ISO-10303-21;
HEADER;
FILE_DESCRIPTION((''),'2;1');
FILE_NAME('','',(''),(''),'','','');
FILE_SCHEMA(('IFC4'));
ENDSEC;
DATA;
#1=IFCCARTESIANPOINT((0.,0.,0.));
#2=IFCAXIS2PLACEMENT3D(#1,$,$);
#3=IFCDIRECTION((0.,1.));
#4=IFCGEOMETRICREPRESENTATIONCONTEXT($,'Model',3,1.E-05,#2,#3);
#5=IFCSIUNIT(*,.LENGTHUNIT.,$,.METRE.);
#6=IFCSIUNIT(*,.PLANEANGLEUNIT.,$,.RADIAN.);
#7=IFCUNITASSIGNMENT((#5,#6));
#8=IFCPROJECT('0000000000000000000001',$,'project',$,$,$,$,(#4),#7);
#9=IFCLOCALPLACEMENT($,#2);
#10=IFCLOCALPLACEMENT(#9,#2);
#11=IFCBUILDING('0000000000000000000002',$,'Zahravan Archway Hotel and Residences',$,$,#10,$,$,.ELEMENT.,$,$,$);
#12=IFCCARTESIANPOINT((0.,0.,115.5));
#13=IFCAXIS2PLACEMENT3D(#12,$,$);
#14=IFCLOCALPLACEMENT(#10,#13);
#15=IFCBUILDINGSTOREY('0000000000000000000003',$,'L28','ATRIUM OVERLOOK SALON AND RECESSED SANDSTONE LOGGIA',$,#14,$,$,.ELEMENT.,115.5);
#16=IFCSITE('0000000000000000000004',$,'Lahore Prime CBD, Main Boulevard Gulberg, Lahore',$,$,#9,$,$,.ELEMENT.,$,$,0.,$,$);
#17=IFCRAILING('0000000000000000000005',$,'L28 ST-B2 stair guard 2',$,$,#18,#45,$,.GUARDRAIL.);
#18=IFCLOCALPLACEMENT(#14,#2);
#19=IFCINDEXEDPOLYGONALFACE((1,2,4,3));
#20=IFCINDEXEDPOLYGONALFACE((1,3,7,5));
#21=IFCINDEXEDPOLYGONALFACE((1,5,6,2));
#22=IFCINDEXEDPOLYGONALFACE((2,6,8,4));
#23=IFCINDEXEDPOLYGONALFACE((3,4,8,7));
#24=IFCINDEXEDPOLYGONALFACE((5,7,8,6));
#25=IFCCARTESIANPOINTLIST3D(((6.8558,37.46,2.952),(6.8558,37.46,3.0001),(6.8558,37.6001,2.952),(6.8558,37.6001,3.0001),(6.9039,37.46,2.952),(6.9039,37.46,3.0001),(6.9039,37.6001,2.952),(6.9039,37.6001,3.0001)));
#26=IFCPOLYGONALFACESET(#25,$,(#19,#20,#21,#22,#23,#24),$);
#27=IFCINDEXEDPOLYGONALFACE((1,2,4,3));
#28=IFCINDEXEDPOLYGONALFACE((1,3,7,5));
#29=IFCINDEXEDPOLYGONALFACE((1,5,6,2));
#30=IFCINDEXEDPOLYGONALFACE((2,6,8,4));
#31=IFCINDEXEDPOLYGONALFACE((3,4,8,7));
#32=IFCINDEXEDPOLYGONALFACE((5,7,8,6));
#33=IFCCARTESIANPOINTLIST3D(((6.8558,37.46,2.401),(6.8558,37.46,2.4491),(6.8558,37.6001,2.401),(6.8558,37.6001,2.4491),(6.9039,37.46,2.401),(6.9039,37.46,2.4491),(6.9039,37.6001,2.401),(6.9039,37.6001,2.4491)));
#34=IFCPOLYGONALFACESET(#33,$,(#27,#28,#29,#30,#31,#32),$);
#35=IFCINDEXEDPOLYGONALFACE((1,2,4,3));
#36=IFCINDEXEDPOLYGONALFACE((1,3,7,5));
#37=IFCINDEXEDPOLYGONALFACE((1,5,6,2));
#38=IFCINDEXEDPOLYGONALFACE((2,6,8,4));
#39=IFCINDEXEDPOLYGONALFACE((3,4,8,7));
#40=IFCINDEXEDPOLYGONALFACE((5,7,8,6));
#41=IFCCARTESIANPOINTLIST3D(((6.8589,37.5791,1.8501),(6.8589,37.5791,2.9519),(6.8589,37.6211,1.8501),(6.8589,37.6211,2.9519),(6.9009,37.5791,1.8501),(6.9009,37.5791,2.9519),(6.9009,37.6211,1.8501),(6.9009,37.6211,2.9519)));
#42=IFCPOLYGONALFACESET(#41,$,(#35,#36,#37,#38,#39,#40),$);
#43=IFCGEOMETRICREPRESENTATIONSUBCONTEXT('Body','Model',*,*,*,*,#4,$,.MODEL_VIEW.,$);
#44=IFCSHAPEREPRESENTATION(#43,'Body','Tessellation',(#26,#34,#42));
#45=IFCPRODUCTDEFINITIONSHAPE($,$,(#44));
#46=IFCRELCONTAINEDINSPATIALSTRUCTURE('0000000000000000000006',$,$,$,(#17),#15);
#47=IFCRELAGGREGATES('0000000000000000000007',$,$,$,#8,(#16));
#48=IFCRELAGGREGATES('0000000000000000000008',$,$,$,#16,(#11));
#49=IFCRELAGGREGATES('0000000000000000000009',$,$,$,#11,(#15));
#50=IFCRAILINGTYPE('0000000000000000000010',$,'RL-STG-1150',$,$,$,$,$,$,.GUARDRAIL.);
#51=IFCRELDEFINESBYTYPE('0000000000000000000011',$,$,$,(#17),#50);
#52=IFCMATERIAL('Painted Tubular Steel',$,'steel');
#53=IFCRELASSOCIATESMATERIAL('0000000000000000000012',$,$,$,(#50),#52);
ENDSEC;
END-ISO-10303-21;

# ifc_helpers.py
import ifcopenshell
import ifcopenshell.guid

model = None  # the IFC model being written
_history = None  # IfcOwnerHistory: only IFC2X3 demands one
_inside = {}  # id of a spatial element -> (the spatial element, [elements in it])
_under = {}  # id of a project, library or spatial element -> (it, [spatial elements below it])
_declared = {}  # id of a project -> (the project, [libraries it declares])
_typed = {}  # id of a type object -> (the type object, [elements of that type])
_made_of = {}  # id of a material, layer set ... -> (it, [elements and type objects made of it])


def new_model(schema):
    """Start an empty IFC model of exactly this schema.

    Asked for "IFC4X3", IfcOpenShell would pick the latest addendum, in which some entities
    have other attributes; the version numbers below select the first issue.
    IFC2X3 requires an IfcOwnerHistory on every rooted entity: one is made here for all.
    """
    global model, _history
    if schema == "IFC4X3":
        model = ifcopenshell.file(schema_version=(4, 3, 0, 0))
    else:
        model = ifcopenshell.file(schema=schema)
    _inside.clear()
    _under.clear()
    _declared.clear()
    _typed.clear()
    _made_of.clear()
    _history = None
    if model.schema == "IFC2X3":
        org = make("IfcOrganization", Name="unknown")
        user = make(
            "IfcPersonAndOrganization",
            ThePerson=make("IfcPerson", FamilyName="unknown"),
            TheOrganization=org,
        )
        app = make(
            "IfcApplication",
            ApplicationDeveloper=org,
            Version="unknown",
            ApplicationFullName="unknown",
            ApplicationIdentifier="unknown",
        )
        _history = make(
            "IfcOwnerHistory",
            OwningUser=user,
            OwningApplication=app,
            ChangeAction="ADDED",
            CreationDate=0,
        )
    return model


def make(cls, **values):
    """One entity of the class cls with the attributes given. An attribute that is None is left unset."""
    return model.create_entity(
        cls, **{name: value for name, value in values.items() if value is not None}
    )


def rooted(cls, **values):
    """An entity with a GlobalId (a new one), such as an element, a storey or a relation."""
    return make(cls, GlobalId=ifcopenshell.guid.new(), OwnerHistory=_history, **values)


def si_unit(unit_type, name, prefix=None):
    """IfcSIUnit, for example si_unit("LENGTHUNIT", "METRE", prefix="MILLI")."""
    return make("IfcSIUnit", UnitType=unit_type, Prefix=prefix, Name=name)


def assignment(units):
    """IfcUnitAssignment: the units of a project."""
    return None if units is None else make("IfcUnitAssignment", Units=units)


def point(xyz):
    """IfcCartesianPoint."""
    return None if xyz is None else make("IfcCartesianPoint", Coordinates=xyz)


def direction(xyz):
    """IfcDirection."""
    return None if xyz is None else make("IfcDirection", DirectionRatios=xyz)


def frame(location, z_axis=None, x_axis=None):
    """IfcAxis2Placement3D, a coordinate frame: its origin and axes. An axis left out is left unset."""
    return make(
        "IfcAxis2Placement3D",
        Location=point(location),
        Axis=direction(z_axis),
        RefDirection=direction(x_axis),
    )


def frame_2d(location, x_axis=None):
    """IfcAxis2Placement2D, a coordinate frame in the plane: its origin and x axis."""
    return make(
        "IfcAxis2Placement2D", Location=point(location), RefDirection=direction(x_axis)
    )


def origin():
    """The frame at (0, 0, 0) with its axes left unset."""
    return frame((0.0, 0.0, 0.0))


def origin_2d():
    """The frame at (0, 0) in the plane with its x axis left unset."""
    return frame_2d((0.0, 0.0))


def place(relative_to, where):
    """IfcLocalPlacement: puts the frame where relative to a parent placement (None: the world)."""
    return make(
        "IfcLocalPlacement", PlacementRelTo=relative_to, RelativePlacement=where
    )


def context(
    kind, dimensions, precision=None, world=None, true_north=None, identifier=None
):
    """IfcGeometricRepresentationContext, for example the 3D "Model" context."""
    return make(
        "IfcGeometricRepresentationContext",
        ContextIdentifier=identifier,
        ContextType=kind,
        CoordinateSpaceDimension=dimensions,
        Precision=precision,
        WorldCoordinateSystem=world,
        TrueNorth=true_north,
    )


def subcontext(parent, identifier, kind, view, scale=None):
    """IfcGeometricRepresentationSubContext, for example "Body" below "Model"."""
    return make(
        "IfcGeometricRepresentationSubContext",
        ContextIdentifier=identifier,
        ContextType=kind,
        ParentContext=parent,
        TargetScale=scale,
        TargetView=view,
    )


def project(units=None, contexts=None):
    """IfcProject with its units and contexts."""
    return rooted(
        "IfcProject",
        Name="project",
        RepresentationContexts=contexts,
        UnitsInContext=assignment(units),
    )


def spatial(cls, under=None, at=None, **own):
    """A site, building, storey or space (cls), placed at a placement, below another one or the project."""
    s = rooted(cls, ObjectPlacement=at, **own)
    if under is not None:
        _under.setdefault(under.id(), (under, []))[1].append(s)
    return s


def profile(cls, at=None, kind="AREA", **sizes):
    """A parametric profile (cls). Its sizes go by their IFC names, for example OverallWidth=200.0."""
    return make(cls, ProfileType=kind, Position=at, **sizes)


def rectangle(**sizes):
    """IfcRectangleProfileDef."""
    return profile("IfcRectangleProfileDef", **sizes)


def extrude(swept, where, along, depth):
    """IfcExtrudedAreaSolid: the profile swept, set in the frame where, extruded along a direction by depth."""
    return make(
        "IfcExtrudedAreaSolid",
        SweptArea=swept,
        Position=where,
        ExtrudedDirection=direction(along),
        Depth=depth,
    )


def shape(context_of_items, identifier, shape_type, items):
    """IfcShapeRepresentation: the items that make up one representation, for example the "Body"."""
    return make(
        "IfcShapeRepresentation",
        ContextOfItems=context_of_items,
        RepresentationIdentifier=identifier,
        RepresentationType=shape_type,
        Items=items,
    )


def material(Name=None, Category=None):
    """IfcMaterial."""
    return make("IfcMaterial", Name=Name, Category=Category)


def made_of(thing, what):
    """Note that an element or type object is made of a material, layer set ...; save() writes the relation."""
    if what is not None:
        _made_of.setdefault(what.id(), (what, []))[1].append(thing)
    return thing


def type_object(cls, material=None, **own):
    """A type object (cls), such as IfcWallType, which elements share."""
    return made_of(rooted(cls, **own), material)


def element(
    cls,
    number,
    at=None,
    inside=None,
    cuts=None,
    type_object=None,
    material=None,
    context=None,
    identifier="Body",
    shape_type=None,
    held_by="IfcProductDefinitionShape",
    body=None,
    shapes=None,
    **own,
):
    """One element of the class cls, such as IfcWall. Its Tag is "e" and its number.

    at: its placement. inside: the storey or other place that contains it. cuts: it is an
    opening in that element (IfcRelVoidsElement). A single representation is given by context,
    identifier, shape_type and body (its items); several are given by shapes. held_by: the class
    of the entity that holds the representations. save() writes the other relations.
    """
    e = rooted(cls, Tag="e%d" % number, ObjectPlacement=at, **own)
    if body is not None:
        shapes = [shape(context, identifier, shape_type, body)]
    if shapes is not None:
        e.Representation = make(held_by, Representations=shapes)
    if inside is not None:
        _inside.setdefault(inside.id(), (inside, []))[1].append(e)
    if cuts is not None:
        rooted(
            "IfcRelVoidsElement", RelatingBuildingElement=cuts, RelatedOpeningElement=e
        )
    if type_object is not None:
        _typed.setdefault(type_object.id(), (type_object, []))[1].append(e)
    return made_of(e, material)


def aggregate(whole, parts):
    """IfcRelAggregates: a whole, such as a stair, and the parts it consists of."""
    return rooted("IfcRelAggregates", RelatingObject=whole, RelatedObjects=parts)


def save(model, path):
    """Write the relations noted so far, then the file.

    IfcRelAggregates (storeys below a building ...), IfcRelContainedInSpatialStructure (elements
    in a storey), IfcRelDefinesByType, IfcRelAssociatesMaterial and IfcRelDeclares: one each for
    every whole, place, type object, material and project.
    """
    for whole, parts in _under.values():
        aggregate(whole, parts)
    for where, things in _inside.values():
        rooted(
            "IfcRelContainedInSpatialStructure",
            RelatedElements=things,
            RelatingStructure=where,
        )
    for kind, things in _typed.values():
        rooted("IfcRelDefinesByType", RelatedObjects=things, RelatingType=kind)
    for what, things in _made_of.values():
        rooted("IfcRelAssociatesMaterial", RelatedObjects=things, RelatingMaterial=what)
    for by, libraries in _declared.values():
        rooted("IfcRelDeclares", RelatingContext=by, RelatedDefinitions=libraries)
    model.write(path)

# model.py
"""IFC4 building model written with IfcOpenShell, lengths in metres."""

from ifc_helpers import new_model, si_unit, direction, frame, origin, origin_2d, place, context, subcontext, project, spatial, rectangle, extrude, material, type_object, element, save


model = new_model("IFC4")

# Units and contexts
model_context = context("Model", 3, precision=1e-05, world=origin(), true_north=direction((0.0, 1.0)))
body_context = subcontext(model_context, "Body", "Model", "MODEL_VIEW")
ifc_project = project(units=[si_unit("LENGTHUNIT", "METRE"), si_unit("PLANEANGLEUNIT", "RADIAN")], contexts=[model_context])

# Site, building, storey
site_placement = place(None, origin())
site = spatial("IfcSite", under=ifc_project, at=site_placement, Name="Lahore Prime CBD, Main Boulevard Gulberg, Lahore", CompositionType="ELEMENT", RefElevation=0.0)
building_placement = place(site_placement, origin())
building = spatial("IfcBuilding", under=site, at=building_placement, Name="Zahravan Archway Hotel and Residences", CompositionType="ELEMENT")
storey_placement = place(building_placement, frame((0.0, 0.0, 115.5)))
storey = spatial("IfcBuildingStorey", under=building, at=storey_placement, Name="L28", Description="ATRIUM OVERLOOK SALON AND RECESSED SANDSTONE LOGGIA", CompositionType="ELEMENT", Elevation=115.5)

# Railing
ifc_material_1 = material(Name="Painted Tubular Steel", Category="steel")
railing_type_1 = type_object("IfcRailingType", Name="RL-STG-1150", PredefinedType="GUARDRAIL", material=ifc_material_1)
railing_1_placement = place(storey_placement, frame((6.8799, 37.6001, 1.8501)))
element("IfcRailing", 1, at=railing_1_placement, inside=storey, type_object=railing_type_1, Name="L28 ST-B2 stair guard 2", PredefinedType="GUARDRAIL", context=body_context, shape_type="SweptSolid", body=[
    extrude(rectangle(XDim=0.0481, YDim=0.0481, at=origin_2d()), frame((0.0, 0.0, 1.126), z_axis=(0.0, -1.0, 0.0), x_axis=(1.0, 0.0, 0.0)), (0.0, 0.0, 1.0), 0.1401),
    extrude(rectangle(XDim=0.0481, YDim=0.0481, at=origin_2d()), frame((0.0, 0.0, 0.575), z_axis=(0.0, -1.0, 0.0), x_axis=(1.0, 0.0, 0.0)), (0.0, 0.0, 1.0), 0.1401),
    extrude(rectangle(XDim=0.042, YDim=0.042, at=origin_2d()), origin(), (0.0, 0.0, 1.0), 1.1018),
])

save(model, "model.ifc")
